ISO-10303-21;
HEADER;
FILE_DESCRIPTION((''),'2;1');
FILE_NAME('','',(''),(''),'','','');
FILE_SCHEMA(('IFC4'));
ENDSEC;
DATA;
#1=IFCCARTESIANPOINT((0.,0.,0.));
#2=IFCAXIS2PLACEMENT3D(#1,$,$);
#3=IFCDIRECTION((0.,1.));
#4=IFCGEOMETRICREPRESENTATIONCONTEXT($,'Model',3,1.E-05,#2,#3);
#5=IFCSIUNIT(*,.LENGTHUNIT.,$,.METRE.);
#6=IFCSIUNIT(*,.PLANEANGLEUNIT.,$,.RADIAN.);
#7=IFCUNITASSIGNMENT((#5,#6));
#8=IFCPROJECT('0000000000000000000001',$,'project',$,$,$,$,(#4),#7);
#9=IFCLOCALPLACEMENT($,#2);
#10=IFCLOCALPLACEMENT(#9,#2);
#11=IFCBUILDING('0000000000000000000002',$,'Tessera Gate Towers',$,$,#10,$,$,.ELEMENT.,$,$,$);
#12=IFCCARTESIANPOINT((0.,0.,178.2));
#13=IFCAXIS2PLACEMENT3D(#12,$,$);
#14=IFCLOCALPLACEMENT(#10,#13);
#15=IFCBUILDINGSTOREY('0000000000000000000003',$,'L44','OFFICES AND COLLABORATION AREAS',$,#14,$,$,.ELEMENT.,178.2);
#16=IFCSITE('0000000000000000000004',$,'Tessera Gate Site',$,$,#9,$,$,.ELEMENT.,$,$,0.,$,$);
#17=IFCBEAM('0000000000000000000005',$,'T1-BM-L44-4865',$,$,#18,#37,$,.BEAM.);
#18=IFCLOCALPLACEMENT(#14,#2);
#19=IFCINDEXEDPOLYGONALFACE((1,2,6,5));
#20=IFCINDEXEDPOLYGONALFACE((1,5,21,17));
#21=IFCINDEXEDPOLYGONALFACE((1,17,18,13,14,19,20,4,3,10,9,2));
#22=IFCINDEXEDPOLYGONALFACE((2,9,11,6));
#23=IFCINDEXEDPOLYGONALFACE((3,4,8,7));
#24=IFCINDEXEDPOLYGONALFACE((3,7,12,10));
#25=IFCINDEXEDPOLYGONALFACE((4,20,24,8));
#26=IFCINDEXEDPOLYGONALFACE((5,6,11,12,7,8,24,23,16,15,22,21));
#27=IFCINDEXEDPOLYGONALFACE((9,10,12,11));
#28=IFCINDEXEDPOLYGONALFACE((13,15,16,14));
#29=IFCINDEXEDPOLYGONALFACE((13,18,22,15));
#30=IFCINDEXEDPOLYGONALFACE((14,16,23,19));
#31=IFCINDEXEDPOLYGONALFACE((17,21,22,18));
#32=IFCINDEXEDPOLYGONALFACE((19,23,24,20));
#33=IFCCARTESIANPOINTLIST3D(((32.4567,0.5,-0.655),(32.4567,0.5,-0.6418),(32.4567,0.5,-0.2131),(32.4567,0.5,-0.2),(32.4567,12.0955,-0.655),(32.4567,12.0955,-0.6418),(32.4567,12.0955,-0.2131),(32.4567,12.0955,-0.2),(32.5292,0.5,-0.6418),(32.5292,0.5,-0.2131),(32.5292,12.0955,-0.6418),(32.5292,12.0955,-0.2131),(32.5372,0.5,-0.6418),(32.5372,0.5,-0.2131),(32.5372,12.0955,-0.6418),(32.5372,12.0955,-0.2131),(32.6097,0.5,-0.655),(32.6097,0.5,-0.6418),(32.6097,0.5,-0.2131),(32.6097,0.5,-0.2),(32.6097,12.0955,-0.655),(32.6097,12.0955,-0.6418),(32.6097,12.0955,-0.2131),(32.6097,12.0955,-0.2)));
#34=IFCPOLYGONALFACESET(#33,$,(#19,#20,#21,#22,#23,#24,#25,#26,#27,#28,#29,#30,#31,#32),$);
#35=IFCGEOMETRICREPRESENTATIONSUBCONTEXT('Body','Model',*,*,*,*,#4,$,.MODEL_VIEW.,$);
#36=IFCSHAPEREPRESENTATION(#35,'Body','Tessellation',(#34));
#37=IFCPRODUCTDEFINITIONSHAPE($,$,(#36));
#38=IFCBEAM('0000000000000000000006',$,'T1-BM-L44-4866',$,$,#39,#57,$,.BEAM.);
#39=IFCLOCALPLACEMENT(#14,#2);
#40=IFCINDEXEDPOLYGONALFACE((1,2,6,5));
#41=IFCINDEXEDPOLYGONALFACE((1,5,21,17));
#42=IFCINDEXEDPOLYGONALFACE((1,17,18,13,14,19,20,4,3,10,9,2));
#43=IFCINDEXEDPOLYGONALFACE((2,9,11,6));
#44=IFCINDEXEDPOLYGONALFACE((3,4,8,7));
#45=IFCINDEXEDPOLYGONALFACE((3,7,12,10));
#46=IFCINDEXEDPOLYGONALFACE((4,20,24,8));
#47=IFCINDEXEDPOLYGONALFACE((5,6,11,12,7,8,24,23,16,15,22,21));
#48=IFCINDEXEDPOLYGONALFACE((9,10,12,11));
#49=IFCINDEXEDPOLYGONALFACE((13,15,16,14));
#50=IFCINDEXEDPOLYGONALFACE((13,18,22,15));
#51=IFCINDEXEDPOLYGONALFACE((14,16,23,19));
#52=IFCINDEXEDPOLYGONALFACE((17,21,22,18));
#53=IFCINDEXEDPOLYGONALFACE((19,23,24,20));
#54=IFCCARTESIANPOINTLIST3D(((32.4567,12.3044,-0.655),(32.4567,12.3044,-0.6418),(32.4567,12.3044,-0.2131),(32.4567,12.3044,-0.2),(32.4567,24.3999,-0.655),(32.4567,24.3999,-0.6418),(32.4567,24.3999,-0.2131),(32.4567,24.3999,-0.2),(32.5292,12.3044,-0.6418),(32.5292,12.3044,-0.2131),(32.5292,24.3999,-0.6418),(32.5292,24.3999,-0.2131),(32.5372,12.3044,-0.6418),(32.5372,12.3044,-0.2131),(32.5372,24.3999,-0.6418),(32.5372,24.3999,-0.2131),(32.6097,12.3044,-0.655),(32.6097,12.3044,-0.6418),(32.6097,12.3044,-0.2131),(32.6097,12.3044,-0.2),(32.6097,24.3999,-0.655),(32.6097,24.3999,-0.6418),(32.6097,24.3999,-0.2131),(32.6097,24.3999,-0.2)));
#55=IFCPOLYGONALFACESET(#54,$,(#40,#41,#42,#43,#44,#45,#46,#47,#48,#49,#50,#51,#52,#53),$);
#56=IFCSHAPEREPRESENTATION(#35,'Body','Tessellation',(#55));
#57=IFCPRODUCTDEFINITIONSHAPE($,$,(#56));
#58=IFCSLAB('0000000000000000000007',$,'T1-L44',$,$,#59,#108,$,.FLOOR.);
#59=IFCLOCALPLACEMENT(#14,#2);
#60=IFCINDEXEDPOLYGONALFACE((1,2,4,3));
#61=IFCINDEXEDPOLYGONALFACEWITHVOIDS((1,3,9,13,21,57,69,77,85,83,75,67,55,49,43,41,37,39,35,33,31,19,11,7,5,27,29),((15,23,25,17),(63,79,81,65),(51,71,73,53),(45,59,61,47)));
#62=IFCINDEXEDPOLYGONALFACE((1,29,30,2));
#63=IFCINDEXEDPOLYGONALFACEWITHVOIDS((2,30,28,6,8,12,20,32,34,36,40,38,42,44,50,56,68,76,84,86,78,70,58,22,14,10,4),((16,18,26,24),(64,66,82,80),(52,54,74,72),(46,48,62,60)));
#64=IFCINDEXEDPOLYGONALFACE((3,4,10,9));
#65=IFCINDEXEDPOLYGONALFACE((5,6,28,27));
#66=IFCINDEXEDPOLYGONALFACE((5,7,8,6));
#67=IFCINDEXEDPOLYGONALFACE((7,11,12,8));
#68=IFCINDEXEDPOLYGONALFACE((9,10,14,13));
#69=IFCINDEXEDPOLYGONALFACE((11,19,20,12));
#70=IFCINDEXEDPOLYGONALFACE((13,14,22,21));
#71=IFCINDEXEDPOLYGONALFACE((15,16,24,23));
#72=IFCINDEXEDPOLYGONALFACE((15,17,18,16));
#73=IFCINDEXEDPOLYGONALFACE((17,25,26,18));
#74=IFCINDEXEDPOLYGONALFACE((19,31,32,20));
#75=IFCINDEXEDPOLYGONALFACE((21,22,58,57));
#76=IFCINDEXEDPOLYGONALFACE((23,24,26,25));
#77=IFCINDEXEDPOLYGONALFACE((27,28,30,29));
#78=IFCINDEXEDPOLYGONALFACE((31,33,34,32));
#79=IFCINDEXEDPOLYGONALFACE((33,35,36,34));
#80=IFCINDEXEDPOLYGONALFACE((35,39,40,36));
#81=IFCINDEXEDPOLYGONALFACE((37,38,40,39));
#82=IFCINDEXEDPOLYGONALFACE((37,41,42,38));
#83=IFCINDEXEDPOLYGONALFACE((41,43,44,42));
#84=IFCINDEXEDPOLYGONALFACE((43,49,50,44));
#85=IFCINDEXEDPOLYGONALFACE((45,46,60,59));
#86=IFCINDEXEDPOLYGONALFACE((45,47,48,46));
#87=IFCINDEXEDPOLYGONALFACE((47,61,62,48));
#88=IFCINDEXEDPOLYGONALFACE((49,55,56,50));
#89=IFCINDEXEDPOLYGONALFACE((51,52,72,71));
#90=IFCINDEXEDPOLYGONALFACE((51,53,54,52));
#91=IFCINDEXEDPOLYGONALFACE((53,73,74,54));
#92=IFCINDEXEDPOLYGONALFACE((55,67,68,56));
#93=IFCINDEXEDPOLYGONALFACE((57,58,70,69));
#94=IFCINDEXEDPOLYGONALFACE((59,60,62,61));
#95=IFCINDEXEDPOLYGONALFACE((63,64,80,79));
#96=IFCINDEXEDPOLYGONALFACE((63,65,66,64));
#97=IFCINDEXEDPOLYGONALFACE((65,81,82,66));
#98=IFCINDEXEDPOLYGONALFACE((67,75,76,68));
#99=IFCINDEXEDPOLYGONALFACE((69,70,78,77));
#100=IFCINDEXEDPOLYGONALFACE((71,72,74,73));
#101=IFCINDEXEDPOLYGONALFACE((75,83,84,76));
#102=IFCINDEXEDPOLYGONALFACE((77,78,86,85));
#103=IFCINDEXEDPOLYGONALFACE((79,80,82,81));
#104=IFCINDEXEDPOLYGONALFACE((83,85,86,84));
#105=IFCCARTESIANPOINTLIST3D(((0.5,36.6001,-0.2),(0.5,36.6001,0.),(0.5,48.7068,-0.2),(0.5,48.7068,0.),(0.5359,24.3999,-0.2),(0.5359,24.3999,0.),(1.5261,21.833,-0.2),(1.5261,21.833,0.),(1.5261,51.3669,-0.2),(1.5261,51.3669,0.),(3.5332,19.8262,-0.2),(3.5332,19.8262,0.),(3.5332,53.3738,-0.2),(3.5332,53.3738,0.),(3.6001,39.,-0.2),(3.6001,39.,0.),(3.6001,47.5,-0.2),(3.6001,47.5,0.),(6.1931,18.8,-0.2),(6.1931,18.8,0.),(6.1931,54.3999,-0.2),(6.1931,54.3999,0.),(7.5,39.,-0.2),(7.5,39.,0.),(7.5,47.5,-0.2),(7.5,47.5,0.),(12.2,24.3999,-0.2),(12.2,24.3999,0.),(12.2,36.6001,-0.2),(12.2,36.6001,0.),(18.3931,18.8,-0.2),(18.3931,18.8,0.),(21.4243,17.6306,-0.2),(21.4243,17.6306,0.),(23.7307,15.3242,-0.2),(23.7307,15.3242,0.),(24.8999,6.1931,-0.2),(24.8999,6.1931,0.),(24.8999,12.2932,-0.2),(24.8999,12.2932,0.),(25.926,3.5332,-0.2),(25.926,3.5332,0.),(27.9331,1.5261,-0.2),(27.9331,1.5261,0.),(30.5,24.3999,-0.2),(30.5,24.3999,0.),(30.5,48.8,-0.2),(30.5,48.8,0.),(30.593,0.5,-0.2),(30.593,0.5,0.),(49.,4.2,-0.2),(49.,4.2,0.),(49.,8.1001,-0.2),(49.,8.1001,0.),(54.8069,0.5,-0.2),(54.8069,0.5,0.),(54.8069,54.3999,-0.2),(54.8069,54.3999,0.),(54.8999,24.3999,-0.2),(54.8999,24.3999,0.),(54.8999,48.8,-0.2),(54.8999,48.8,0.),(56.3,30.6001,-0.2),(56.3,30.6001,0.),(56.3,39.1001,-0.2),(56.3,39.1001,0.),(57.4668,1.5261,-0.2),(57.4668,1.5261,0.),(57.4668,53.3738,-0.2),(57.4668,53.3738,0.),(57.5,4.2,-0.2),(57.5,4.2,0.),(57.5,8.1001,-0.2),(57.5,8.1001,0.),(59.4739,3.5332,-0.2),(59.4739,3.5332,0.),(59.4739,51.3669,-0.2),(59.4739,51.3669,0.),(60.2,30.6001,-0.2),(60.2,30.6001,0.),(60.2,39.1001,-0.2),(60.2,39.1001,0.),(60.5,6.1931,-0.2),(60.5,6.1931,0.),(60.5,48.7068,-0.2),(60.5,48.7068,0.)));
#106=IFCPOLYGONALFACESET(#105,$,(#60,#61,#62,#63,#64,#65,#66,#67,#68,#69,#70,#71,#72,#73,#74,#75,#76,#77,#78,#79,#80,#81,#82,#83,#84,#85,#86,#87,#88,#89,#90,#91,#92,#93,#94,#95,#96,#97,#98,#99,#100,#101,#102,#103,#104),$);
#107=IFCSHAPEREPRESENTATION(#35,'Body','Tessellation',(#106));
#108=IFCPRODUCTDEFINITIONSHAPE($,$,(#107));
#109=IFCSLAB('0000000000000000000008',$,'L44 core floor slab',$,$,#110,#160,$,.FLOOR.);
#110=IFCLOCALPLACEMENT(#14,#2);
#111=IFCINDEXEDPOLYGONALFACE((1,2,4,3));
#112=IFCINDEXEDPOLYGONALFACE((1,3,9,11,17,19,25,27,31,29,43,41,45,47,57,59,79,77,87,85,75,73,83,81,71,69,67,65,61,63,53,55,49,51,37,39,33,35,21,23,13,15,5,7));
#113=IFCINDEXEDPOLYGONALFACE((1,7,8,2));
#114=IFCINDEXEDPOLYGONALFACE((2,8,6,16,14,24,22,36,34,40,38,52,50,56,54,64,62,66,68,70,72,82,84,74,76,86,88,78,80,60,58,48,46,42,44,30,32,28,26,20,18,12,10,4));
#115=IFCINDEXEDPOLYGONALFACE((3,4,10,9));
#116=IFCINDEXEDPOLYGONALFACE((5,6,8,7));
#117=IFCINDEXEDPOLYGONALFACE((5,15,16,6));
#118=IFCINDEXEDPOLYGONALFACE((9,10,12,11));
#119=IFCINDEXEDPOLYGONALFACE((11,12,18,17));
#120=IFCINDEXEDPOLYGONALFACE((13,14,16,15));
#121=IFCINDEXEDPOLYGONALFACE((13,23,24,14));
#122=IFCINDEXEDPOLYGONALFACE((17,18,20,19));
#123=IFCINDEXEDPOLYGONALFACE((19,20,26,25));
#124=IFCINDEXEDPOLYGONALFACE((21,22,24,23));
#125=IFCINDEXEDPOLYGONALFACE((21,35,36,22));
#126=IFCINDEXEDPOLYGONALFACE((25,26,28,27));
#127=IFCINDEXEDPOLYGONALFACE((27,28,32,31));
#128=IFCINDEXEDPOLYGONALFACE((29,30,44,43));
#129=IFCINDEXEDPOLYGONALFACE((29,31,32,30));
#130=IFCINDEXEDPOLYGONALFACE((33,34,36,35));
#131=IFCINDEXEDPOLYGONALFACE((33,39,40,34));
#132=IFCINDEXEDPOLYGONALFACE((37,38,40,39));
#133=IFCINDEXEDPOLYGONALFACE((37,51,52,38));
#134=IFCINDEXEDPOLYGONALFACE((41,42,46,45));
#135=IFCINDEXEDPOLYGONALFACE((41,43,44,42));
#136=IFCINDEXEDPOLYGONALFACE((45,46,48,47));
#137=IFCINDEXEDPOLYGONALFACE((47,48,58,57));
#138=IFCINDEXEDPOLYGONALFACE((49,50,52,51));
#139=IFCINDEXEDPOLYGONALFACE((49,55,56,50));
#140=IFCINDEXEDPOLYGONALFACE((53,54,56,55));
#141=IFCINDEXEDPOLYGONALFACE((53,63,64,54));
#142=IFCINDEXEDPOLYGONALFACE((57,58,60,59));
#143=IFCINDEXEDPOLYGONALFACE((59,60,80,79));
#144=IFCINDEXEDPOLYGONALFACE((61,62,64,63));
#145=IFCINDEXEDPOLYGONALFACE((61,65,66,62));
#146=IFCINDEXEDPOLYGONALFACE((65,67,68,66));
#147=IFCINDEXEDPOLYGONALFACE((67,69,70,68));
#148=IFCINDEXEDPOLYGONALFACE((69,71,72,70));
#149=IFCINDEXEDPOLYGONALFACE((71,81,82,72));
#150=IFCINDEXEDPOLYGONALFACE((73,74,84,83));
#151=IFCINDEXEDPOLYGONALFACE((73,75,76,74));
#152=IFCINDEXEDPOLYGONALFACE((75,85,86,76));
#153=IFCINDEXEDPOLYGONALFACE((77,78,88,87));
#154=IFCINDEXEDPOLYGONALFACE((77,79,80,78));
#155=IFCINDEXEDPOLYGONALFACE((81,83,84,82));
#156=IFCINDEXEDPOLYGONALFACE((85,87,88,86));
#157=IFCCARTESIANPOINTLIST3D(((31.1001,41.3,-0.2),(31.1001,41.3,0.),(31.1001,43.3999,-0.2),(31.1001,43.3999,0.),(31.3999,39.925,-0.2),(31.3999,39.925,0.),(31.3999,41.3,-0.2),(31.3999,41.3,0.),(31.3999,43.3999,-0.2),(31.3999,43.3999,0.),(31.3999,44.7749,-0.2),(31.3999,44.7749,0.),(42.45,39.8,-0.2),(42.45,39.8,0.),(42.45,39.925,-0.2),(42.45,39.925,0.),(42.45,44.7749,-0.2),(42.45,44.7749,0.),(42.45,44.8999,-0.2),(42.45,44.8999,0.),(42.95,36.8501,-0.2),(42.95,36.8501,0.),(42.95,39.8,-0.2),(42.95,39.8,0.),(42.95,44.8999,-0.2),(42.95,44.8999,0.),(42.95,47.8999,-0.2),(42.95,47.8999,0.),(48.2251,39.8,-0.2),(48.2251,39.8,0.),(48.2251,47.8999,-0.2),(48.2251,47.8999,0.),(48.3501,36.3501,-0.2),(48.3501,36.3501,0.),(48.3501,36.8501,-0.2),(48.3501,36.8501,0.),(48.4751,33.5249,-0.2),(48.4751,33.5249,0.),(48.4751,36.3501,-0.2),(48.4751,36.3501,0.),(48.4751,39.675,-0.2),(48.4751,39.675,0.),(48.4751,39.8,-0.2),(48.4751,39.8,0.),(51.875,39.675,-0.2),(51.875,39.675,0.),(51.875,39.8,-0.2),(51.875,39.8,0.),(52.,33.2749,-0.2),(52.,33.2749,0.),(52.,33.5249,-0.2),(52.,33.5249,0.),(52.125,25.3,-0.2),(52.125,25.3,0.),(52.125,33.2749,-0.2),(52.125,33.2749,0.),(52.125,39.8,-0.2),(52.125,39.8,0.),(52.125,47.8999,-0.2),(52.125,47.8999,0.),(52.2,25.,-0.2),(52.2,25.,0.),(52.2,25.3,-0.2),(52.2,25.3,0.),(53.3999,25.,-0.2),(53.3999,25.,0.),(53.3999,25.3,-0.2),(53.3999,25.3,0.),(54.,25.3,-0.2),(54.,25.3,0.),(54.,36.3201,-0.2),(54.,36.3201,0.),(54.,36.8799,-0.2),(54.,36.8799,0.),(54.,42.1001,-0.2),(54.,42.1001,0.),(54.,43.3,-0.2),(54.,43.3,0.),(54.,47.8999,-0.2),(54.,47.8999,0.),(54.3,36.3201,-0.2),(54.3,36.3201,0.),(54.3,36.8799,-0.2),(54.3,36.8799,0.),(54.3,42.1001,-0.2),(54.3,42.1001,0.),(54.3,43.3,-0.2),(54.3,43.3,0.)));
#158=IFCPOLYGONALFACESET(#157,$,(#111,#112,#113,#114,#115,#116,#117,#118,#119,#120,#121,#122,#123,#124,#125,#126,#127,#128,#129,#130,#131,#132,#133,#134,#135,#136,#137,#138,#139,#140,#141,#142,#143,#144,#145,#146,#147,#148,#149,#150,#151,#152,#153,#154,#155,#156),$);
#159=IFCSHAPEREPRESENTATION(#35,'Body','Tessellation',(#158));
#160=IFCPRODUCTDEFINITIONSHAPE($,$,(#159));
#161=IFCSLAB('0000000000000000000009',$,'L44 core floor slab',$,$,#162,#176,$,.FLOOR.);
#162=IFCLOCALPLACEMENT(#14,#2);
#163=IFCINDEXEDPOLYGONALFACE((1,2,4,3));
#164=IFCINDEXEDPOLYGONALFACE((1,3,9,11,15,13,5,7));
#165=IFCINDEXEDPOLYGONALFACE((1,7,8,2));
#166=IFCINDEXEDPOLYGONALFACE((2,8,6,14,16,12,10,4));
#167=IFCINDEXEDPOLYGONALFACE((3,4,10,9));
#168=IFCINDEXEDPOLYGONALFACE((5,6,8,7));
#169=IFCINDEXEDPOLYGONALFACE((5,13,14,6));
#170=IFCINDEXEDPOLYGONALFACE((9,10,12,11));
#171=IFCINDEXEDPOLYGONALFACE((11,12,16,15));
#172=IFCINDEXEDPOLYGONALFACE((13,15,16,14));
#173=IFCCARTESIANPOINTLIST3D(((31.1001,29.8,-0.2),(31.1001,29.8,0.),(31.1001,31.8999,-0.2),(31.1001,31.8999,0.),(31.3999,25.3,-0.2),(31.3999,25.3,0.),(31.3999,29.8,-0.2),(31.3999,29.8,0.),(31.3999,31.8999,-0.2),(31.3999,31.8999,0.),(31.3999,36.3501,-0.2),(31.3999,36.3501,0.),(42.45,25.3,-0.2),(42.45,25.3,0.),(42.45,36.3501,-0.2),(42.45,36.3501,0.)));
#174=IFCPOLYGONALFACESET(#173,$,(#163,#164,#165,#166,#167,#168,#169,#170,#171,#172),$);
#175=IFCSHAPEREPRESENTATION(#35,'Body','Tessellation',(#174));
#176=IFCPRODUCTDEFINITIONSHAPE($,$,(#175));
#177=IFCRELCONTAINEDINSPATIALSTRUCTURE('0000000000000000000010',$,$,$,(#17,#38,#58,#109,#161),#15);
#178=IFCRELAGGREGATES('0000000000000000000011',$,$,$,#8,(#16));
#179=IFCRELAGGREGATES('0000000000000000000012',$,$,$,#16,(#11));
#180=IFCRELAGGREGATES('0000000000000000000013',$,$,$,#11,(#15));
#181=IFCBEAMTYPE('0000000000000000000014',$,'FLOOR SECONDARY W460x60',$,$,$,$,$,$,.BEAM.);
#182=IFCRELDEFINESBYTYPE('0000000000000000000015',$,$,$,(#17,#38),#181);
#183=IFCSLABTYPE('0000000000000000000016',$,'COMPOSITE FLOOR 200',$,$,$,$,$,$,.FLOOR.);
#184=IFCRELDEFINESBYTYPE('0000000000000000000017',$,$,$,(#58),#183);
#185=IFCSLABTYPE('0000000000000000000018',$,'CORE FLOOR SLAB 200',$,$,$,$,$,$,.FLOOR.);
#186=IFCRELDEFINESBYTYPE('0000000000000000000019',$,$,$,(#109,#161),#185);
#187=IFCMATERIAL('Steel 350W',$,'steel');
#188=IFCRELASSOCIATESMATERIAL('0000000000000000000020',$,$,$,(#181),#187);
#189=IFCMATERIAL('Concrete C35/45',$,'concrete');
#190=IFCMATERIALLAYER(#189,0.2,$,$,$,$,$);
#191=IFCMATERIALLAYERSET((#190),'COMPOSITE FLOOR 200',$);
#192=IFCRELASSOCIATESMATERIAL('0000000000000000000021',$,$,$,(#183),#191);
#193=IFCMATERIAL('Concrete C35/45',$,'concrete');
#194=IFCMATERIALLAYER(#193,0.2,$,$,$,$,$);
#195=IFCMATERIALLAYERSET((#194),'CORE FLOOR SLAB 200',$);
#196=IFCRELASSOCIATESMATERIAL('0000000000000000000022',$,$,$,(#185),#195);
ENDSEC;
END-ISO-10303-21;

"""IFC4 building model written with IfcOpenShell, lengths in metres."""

from ifc_helpers import new_model, si_unit, direction, frame, origin, origin_2d, place, context, subcontext, project, spatial, polyline, i_section, outline, extrude, material, layer, layer_set, material_profile, profile_set, type_object, element, save


model = new_model("IFC4")

# Units and contexts
model_context = context("Model", 3, precision=1e-05, world=origin(), true_north=direction((0.0, 1.0)))
body_context = subcontext(model_context, "Body", "Model", "MODEL_VIEW")
ifc_project = project(units=[si_unit("LENGTHUNIT", "METRE"), si_unit("PLANEANGLEUNIT", "RADIAN")], contexts=[model_context])

# Site, building, storey
site_placement = place(None, origin())
site = spatial("IfcSite", under=ifc_project, at=site_placement, Name="Tessera Gate Site", CompositionType="ELEMENT", RefElevation=0.0)
building_placement = place(site_placement, origin())
building = spatial("IfcBuilding", under=site, at=building_placement, Name="Tessera Gate Towers", CompositionType="ELEMENT")
storey_placement = place(building_placement, frame((0.0, 0.0, 178.2)))
storey = spatial("IfcBuildingStorey", under=building, at=storey_placement, Name="L44", Description="OFFICES AND COLLABORATION AREAS", CompositionType="ELEMENT", Elevation=178.2)

# Beams
ifc_material_1 = material(Name="Steel 350W", Category="steel")
ifc_material_profile_1 = material_profile(ifc_material_1, i_section(OverallWidth=0.1531, OverallDepth=0.4551, WebThickness=0.0081, FlangeThickness=0.0132, at=origin_2d()), Name="W460x60")
ifc_profile_set_1 = profile_set([ifc_material_profile_1], Name="Steel 350W")
beam_type_1 = type_object("IfcBeamType", Name="FLOOR SECONDARY W460x60", PredefinedType="BEAM", material=ifc_profile_set_1)
beam_1_placement = place(storey_placement, frame((32.5332, 0.5, -0.4275), z_axis=(0.0, 1.0, 0.0), x_axis=(-1.0, 0.0, 0.0)))
element("IfcBeam", 1, at=beam_1_placement, inside=storey, type_object=beam_type_1, Name="T1-BM-L44-4865", PredefinedType="BEAM", context=body_context, shape_type="SweptSolid", body=[
    extrude(i_section(OverallWidth=0.1531, OverallDepth=0.4551, WebThickness=0.0081, FlangeThickness=0.0132, at=origin_2d()), origin(), (0.0, 0.0, 1.0), 11.5955),
])
beam_2_placement = place(storey_placement, frame((32.5332, 12.3044, -0.4275), z_axis=(0.0, 1.0, 0.0), x_axis=(-1.0, 0.0, 0.0)))
element("IfcBeam", 2, at=beam_2_placement, inside=storey, type_object=beam_type_1, Name="T1-BM-L44-4866", PredefinedType="BEAM", context=body_context, shape_type="SweptSolid", body=[
    extrude(i_section(OverallWidth=0.1531, OverallDepth=0.4551, WebThickness=0.0081, FlangeThickness=0.0132, at=origin_2d()), origin(), (0.0, 0.0, 1.0), 12.0955),
])

# Slabs
ifc_material_2 = material(Name="Concrete C35/45", Category="concrete")
ifc_layer_1 = layer(ifc_material_2, 0.2)
ifc_layer_set_1 = layer_set([ifc_layer_1], Name="COMPOSITE FLOOR 200")
slab_type_1 = type_object("IfcSlabType", Name="COMPOSITE FLOOR 200", PredefinedType="FLOOR", material=ifc_layer_set_1)
slab_1_placement = place(storey_placement, frame((0.0, 0.0, -0.2)))
element("IfcSlab", 3, at=slab_1_placement, inside=storey, type_object=slab_type_1, Name="T1-L44", PredefinedType="FLOOR", context=body_context, shape_type="SweptSolid", body=[
    extrude(outline(polyline([(0.5, 36.6001), (12.2, 36.6001), (12.2, 24.3999), (0.5359, 24.3999), (1.5261, 21.833), (3.5332, 19.8262), (6.1931, 18.8), (18.3931, 18.8), (21.4243, 17.6306), (23.7307, 15.3242), (24.8999, 12.2932), (24.8999, 6.1931), (25.926, 3.5332), (27.9331, 1.5261), (30.593, 0.5), (54.8069, 0.5), (57.4668, 1.5261), (59.4739, 3.5332), (60.5, 6.1931), (60.5, 48.7068), (59.4739, 51.3669), (57.4668, 53.3738), (54.8069, 54.3999), (6.1931, 54.3999), (3.5332, 53.3738), (1.5261, 51.3669), (0.5, 48.7068), (0.5, 36.6001)]), holes=[polyline([(3.6001, 39.0), (3.6001, 47.5), (7.5, 47.5), (7.5, 39.0), (3.6001, 39.0)]), polyline([(30.5, 24.3999), (30.5, 48.8), (54.8999, 48.8), (54.8999, 24.3999), (30.5, 24.3999)]), polyline([(49.0, 4.2), (49.0, 8.1001), (57.5, 8.1001), (57.5, 4.2), (49.0, 4.2)]), polyline([(56.3, 30.6001), (56.3, 39.1001), (60.2, 39.1001), (60.2, 30.6001), (56.3, 30.6001)])]), origin(), (0.0, 0.0, 1.0), 0.2),
])
ifc_material_3 = material(Name="Concrete C35/45", Category="concrete")
ifc_layer_2 = layer(ifc_material_3, 0.2)
ifc_layer_set_2 = layer_set([ifc_layer_2], Name="CORE FLOOR SLAB 200")
slab_type_2 = type_object("IfcSlabType", Name="CORE FLOOR SLAB 200", PredefinedType="FLOOR", material=ifc_layer_set_2)
slab_2_placement = place(storey_placement, frame((0.0, 0.0, -0.2)))
element("IfcSlab", 4, at=slab_2_placement, inside=storey, type_object=slab_type_2, Name="L44 core floor slab", PredefinedType="FLOOR", context=body_context, shape_type="SweptSolid", body=[
    extrude(outline(polyline([(42.45, 44.8999), (42.45, 44.7749), (31.3999, 44.7749), (31.3999, 43.3999), (31.1001, 43.3999), (31.1001, 41.3), (31.3999, 41.3), (31.3999, 39.925), (42.45, 39.925), (42.45, 39.8), (42.95, 39.8), (42.95, 36.8501), (48.3501, 36.8501), (48.3501, 36.3501), (48.4751, 36.3501), (48.4751, 33.5249), (52.0, 33.5249), (52.0, 33.2749), (52.125, 33.2749), (52.125, 25.3), (52.2, 25.3), (52.2, 25.0), (53.3999, 25.0), (53.3999, 25.3), (54.0, 25.3), (54.0, 36.3201), (54.3, 36.3201), (54.3, 36.8799), (54.0, 36.8799), (54.0, 42.1001), (54.3, 42.1001), (54.3, 43.3), (54.0, 43.3), (54.0, 47.8999), (52.125, 47.8999), (52.125, 39.8), (51.875, 39.8), (51.875, 39.675), (48.4751, 39.675), (48.4751, 39.8), (48.2251, 39.8), (48.2251, 47.8999), (42.95, 47.8999), (42.95, 44.8999), (42.45, 44.8999)])), origin(), (0.0, 0.0, 1.0), 0.2),
])
slab_3_placement = place(storey_placement, frame((0.0, 0.0, -0.2)))
element("IfcSlab", 5, at=slab_3_placement, inside=storey, type_object=slab_type_2, Name="L44 core floor slab", PredefinedType="FLOOR", context=body_context, shape_type="SweptSolid", body=[
    extrude(outline(polyline([(31.3999, 36.3501), (31.3999, 31.8999), (31.1001, 31.8999), (31.1001, 29.8), (31.3999, 29.8), (31.3999, 25.3), (42.45, 25.3), (42.45, 36.3501), (31.3999, 36.3501)])), origin(), (0.0, 0.0, 1.0), 0.2),
])

save(model, "model.ifc")
